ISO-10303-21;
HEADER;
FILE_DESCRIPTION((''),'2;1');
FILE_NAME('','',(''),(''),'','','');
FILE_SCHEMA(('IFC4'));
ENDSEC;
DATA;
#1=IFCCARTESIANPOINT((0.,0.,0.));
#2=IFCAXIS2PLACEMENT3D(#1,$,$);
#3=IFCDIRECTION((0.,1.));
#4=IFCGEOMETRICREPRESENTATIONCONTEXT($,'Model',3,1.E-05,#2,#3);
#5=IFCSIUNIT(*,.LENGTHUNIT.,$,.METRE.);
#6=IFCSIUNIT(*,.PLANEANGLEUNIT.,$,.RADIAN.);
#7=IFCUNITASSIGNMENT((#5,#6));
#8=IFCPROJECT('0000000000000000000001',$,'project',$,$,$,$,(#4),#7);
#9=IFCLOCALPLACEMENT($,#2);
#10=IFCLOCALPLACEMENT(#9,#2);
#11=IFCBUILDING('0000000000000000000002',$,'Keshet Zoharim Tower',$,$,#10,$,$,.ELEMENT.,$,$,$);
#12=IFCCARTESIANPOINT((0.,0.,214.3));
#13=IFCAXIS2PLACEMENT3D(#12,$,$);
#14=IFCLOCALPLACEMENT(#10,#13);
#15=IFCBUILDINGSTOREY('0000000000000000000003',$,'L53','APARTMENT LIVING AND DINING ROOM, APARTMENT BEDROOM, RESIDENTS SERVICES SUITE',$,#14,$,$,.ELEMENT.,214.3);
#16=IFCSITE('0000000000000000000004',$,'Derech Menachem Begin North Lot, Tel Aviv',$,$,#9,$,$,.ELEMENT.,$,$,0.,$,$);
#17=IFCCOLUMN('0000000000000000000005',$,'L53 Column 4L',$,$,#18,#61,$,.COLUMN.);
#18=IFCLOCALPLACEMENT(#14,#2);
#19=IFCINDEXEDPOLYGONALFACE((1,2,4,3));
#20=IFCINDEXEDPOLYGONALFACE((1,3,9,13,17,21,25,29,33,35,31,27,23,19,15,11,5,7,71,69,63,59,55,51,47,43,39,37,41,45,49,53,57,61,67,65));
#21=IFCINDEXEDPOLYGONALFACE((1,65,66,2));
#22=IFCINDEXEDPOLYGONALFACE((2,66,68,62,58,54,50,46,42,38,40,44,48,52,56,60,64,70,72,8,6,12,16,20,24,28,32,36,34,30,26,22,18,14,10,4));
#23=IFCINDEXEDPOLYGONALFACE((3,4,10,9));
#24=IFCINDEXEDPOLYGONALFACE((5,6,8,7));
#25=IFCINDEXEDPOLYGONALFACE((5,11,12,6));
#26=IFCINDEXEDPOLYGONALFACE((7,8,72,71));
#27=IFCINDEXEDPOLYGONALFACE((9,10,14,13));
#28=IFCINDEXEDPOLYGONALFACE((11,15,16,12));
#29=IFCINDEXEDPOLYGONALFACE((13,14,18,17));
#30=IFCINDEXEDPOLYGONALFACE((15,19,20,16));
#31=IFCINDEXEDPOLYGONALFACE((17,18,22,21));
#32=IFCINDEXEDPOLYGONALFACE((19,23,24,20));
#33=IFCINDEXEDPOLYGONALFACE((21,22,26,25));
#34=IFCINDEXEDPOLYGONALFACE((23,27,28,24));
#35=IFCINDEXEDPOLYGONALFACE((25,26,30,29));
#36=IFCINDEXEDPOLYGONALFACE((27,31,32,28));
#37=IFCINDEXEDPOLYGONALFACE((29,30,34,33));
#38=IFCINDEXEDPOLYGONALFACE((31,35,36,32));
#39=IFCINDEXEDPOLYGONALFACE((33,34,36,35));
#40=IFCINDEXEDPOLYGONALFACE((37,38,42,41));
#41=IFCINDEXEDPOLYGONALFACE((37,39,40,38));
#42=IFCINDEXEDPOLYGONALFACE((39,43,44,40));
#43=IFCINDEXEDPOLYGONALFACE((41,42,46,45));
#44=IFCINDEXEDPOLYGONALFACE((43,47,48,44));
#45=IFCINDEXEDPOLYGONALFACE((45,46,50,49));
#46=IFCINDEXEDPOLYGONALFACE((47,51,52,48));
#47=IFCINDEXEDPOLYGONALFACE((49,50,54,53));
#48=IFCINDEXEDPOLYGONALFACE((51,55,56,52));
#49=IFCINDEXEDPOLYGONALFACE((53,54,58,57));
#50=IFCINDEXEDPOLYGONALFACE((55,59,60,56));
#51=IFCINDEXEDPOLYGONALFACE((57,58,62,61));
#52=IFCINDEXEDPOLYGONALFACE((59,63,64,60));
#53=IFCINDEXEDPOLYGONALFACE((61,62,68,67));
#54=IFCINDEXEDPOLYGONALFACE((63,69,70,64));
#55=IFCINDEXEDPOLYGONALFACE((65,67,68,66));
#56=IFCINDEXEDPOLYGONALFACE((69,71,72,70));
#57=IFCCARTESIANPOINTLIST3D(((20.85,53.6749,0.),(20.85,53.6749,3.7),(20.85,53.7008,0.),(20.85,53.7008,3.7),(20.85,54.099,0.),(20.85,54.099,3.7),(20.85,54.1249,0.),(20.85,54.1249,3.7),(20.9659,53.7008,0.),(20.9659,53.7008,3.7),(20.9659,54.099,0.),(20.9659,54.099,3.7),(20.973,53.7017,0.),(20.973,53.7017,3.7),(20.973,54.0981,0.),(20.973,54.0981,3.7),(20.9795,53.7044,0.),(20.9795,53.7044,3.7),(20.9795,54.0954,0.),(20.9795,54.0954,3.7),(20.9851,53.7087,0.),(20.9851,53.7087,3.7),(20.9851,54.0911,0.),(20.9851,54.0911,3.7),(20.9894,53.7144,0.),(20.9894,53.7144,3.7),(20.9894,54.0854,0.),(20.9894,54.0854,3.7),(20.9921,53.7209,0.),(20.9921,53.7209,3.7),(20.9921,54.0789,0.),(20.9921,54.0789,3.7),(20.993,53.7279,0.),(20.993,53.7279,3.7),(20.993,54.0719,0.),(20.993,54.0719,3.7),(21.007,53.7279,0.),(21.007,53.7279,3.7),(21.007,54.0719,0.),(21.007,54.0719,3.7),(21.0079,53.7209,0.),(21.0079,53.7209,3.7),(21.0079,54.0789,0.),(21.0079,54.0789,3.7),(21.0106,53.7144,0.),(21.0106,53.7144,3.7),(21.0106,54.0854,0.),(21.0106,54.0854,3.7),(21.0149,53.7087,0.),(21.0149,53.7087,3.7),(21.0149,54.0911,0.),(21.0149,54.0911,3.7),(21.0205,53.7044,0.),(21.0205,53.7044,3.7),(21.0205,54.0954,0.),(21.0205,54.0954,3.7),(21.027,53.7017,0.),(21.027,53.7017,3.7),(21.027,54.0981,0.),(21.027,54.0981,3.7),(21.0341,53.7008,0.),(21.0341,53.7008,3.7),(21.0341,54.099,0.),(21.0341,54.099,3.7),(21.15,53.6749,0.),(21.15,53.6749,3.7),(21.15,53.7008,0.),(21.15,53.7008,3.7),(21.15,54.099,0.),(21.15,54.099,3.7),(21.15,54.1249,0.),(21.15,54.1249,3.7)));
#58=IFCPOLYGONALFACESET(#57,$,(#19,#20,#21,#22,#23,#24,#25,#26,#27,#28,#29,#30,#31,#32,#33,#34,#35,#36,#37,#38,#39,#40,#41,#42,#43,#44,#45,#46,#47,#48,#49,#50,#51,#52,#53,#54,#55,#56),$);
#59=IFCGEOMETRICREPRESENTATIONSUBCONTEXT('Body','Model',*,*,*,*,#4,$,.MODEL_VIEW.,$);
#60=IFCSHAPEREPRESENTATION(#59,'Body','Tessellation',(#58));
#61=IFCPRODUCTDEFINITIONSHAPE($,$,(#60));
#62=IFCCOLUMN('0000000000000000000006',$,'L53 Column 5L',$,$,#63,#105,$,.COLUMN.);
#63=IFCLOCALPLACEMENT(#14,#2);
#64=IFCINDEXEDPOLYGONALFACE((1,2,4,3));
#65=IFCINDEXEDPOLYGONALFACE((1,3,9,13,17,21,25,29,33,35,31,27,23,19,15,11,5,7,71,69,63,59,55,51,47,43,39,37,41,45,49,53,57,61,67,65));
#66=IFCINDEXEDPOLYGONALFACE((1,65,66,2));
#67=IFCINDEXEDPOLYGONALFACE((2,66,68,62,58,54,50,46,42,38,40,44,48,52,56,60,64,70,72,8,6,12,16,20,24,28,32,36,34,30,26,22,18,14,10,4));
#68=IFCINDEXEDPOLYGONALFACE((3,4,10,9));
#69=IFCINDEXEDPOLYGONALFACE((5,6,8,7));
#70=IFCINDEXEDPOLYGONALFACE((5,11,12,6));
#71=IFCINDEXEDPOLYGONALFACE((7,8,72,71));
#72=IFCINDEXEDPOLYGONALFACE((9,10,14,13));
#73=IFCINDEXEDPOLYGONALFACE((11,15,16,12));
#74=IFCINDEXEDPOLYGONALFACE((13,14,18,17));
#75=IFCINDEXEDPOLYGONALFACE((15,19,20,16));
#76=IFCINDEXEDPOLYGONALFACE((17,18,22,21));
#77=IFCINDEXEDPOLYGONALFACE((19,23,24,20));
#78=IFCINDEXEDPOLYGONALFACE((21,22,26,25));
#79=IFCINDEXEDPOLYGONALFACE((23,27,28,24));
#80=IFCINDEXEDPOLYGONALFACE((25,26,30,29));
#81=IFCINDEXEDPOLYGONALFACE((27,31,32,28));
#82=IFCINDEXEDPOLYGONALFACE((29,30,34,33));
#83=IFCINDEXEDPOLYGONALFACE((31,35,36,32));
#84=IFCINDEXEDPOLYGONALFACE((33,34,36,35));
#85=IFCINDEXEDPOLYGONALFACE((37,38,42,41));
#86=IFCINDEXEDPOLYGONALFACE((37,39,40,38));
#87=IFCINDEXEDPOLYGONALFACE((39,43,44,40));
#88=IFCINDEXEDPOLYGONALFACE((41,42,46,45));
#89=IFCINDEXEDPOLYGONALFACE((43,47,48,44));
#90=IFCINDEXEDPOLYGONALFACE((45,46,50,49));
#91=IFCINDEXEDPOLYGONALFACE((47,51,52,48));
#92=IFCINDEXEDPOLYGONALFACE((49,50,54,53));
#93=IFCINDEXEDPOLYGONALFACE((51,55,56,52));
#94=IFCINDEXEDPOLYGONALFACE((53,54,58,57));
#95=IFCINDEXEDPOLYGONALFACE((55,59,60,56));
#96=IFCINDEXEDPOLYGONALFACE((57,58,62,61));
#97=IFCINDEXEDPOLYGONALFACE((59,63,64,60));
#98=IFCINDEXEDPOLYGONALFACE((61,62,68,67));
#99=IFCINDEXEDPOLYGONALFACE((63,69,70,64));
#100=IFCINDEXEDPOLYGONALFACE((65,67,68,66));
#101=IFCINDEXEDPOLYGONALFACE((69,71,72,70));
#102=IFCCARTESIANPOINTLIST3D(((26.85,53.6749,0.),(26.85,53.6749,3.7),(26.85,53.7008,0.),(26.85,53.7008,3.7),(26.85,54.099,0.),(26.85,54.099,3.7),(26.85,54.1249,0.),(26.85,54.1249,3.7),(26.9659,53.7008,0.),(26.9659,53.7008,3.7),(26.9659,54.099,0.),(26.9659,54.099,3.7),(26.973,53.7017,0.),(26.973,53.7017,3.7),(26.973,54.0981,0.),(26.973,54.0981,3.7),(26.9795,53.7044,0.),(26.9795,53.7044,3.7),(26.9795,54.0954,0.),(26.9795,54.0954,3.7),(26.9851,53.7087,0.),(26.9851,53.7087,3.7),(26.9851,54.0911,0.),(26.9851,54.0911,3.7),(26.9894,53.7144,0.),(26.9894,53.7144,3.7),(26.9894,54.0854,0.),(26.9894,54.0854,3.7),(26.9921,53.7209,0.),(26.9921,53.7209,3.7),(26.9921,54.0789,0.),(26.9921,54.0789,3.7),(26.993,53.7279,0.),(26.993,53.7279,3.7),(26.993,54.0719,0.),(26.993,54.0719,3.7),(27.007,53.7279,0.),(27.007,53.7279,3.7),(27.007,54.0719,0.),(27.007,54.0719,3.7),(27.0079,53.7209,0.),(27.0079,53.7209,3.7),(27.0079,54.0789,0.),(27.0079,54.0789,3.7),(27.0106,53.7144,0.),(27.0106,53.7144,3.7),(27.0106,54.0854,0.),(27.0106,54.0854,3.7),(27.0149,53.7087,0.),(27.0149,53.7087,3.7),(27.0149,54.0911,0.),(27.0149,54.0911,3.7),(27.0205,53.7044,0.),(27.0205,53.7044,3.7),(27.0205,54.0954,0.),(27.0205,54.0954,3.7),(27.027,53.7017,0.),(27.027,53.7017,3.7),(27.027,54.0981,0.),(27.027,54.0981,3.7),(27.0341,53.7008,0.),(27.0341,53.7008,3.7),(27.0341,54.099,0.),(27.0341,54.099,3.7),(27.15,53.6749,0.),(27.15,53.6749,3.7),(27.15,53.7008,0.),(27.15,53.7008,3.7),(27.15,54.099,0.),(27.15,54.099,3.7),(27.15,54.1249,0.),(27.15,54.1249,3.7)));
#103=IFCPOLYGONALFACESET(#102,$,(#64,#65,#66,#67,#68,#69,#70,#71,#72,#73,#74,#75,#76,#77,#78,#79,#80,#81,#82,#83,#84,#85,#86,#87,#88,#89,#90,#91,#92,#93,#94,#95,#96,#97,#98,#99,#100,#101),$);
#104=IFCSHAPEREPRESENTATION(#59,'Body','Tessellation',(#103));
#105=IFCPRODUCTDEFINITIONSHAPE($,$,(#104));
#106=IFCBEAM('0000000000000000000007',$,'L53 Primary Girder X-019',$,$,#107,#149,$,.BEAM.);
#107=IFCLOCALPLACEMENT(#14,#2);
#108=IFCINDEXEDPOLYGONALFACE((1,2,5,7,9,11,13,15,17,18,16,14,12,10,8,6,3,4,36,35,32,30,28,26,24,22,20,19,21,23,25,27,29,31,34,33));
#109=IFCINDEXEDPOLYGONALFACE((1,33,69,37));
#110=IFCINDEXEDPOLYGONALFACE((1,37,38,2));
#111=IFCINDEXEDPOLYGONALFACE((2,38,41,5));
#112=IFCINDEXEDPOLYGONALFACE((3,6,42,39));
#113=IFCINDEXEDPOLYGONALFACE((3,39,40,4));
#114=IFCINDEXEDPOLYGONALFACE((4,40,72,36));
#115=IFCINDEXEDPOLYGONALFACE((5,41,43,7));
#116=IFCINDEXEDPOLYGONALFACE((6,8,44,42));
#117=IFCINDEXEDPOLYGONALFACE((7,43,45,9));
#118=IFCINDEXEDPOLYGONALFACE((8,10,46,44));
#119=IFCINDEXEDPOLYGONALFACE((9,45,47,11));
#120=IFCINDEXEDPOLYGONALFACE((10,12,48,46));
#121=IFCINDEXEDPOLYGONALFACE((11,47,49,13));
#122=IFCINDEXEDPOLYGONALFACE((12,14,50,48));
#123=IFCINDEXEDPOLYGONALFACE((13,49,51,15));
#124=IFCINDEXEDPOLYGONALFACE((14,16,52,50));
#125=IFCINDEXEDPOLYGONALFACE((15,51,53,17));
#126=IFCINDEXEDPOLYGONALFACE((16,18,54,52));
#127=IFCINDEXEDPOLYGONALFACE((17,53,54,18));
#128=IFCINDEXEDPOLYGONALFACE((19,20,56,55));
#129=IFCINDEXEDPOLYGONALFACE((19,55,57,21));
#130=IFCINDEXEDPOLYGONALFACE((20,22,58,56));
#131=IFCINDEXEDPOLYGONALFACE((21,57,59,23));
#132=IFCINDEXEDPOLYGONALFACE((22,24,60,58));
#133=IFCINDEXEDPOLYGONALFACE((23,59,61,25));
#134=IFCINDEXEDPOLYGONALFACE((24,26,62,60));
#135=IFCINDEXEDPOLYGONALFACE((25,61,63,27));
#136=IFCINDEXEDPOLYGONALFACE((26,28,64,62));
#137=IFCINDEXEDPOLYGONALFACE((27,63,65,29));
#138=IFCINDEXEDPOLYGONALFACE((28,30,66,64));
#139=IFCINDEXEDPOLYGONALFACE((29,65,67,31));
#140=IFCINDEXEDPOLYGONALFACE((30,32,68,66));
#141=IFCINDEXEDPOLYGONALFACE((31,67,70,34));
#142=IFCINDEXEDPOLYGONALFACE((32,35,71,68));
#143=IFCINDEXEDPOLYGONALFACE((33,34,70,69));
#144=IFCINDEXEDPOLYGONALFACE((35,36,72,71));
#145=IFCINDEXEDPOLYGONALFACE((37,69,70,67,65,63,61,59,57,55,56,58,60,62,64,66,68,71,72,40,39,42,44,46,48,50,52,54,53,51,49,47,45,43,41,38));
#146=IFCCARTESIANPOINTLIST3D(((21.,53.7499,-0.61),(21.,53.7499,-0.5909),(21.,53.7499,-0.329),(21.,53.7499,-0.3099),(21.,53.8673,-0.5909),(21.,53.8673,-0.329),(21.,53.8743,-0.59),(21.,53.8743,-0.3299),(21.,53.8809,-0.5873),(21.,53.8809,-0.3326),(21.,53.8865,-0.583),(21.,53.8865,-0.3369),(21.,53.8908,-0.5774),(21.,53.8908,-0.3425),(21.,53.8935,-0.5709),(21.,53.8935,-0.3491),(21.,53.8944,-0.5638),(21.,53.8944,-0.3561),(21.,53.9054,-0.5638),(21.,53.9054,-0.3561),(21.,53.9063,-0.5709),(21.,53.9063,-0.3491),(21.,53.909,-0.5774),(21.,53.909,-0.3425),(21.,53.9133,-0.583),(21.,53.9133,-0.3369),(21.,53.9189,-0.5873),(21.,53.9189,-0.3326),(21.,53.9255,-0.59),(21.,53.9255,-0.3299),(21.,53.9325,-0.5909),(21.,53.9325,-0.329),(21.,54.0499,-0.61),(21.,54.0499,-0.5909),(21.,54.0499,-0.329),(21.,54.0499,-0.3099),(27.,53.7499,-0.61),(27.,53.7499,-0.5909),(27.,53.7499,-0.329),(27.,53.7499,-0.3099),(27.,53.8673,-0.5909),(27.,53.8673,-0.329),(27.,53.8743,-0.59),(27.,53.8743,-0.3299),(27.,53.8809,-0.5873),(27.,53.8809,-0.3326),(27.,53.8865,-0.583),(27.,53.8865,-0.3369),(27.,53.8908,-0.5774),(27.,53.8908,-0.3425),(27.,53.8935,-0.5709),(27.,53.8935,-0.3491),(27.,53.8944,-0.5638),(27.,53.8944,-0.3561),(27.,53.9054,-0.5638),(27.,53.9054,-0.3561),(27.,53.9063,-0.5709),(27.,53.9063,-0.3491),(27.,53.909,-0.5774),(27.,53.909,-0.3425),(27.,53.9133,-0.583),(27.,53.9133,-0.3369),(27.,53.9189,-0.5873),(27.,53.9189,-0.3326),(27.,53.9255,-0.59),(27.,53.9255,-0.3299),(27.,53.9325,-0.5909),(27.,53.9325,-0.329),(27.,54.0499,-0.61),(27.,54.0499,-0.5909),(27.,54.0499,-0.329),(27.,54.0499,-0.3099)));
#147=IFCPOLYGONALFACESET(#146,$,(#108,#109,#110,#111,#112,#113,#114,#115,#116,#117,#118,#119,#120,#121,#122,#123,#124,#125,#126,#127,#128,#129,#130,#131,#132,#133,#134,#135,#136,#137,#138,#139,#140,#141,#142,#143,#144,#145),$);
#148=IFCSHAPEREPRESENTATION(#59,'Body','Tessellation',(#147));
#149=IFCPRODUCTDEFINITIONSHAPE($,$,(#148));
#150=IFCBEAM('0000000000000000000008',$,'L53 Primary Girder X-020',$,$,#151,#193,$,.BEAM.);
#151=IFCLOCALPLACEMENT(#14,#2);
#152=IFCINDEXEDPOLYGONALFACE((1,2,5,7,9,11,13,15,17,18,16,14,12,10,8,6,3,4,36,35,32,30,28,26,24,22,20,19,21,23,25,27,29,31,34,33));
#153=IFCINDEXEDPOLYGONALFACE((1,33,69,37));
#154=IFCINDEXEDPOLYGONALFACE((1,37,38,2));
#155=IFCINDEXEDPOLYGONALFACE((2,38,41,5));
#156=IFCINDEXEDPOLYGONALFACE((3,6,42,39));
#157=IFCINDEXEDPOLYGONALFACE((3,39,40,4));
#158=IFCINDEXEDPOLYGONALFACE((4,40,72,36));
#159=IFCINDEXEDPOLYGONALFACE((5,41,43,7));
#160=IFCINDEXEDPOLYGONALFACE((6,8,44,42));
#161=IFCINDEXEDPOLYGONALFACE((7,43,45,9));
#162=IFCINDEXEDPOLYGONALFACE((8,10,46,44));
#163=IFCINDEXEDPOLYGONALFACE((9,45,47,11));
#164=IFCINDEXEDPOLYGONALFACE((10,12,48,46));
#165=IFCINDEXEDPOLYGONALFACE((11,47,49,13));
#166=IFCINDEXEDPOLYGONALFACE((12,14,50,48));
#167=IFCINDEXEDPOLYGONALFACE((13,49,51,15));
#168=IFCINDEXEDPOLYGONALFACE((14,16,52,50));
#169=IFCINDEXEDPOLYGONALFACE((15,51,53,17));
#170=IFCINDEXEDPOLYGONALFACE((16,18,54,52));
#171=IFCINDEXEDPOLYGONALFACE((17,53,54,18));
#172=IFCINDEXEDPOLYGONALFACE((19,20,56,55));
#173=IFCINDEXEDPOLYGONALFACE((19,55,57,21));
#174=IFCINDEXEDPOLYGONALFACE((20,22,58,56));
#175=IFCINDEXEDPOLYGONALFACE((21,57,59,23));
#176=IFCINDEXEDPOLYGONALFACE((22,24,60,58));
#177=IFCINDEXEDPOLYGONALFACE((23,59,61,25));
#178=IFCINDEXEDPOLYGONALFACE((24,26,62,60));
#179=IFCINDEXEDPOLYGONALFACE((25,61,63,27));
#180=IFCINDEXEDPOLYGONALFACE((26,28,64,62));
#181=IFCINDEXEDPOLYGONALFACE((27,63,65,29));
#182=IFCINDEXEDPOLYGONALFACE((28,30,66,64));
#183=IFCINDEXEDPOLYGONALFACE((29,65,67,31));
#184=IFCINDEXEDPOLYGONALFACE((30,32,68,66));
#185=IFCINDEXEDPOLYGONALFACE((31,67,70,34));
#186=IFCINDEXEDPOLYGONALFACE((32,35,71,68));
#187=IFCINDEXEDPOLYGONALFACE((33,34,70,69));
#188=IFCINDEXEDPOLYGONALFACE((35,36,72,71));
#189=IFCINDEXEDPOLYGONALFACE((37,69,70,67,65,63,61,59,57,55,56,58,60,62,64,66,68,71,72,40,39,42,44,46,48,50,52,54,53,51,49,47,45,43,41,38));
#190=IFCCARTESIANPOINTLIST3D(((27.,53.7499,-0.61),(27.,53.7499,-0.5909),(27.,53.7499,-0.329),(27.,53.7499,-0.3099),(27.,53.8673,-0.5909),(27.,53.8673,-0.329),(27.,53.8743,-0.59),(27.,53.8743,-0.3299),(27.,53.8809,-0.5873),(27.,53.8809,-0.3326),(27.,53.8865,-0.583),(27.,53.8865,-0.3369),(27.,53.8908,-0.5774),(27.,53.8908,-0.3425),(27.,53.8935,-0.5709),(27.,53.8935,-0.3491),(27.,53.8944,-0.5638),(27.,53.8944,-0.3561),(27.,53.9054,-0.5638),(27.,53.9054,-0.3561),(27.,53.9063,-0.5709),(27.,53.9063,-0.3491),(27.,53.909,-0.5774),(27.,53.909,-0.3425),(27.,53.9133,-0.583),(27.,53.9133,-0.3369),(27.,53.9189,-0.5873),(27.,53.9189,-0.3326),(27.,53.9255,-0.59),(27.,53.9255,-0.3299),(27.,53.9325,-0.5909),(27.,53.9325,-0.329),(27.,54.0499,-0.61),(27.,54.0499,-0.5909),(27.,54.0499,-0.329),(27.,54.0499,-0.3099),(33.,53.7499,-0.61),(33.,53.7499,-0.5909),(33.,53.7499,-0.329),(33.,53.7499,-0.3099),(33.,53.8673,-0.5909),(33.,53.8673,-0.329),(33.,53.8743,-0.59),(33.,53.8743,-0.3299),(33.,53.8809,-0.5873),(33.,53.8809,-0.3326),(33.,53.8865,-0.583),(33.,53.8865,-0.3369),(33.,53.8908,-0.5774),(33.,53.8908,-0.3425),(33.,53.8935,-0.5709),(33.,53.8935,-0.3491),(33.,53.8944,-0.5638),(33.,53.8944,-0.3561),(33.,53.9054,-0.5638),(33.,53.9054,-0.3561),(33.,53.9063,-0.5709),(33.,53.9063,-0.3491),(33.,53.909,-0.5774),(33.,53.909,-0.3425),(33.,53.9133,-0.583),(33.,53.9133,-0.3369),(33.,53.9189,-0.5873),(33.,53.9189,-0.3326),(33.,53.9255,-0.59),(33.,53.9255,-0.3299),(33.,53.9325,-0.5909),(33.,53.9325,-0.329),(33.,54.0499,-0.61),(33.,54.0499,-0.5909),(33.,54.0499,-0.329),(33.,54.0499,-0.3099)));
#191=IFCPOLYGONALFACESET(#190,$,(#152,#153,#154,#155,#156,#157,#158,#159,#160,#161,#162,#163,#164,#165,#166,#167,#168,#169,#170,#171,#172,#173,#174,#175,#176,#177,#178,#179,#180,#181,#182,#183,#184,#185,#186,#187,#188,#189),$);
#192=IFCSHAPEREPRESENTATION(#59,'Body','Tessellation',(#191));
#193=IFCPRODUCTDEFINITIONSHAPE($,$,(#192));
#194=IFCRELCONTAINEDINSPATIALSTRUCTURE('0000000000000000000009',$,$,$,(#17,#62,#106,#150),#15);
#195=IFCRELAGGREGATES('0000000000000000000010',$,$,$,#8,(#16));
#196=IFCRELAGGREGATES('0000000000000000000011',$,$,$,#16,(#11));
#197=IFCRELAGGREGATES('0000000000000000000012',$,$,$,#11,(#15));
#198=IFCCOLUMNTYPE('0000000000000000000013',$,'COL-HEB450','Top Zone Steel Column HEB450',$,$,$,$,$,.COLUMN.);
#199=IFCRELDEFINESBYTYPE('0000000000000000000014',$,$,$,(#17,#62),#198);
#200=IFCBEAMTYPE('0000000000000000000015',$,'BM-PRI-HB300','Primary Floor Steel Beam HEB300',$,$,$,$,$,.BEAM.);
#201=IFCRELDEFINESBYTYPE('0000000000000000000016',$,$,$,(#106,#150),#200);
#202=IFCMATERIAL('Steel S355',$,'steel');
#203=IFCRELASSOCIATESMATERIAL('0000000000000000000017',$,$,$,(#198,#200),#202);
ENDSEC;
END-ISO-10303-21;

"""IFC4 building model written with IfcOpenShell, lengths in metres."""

from ifc_helpers import new_model, si_unit, direction, frame, origin, origin_2d, place, context, subcontext, project, spatial, i_section, extrude, material, material_profile, profile_set, type_object, element, save


model = new_model("IFC4")

# Units and contexts
model_context = context("Model", 3, precision=1e-05, world=origin(), true_north=direction((0.0, 1.0)))
body_context = subcontext(model_context, "Body", "Model", "MODEL_VIEW")
ifc_project = project(units=[si_unit("LENGTHUNIT", "METRE"), si_unit("PLANEANGLEUNIT", "RADIAN")], contexts=[model_context])

# Site, building, storey
site_placement = place(None, origin())
site = spatial("IfcSite", under=ifc_project, at=site_placement, Name="Derech Menachem Begin North Lot, Tel Aviv", CompositionType="ELEMENT", RefElevation=0.0)
building_placement = place(site_placement, origin())
building = spatial("IfcBuilding", under=site, at=building_placement, Name="Keshet Zoharim Tower", CompositionType="ELEMENT")
storey_placement = place(building_placement, frame((0.0, 0.0, 214.3)))
storey = spatial("IfcBuildingStorey", under=building, at=storey_placement, Name="L53", Description="APARTMENT LIVING AND DINING ROOM, APARTMENT BEDROOM, RESIDENTS SERVICES SUITE", CompositionType="ELEMENT", Elevation=214.3)

# Columns
ifc_material_1 = material(Name="Steel S355", Category="steel")
ifc_material_profile_1 = material_profile(ifc_material_1, i_section(OverallWidth=0.3, OverallDepth=0.45, WebThickness=0.0139, FlangeThickness=0.0259, FilletRadius=0.0271, at=origin_2d()), Name="HEB450")
ifc_profile_set_1 = profile_set([ifc_material_profile_1], Name="Steel S355")
column_type = type_object("IfcColumnType", Name="COL-HEB450", Description="Top Zone Steel Column HEB450", PredefinedType="COLUMN", material=ifc_profile_set_1)
for number, where, z_axis, x_axis, name in (
    (1, (21.0, 53.8999, 0.0), (0.0, 0.0, 1.0), (1.0, 0.0, 0.0), "L53 Column 4L"),
    (2, (27.0, 53.8999, 0.0), (0.0, 0.0, 1.0), (1.0, 0.0, 0.0), "L53 Column 5L"),
):
    element("IfcColumn", number, at=place(storey_placement, frame(where, z_axis=z_axis, x_axis=x_axis)), inside=storey, type_object=column_type, Name=name, PredefinedType="COLUMN", context=body_context, shape_type="SweptSolid", body=[
        extrude(i_section(OverallWidth=0.3, OverallDepth=0.45, WebThickness=0.0139, FlangeThickness=0.0259, FilletRadius=0.0271, at=origin_2d()), origin(), (0.0, 0.0, 1.0), 3.7),
    ])

# Beams
ifc_material_profile_2 = material_profile(ifc_material_1, i_section(OverallWidth=0.3, OverallDepth=0.3, WebThickness=0.011, FlangeThickness=0.019, FilletRadius=0.0271, at=origin_2d()), Name="HEB300")
ifc_profile_set_2 = profile_set([ifc_material_profile_2], Name="Steel S355")
beam_type = type_object("IfcBeamType", Name="BM-PRI-HB300", Description="Primary Floor Steel Beam HEB300", PredefinedType="BEAM", material=ifc_profile_set_2)
for number, where, z_axis, x_axis, name in (
    (3, (21.0, 53.8999, -0.46), (1.0, 0.0, 0.0), (0.0, 1.0, 0.0), "L53 Primary Girder X-019"),
    (4, (27.0, 53.8999, -0.46), (1.0, 0.0, 0.0), (0.0, 1.0, 0.0), "L53 Primary Girder X-020"),
):
    element("IfcBeam", number, at=place(storey_placement, frame(where, z_axis=z_axis, x_axis=x_axis)), inside=storey, type_object=beam_type, Name=name, PredefinedType="BEAM", context=body_context, shape_type="SweptSolid", body=[
        extrude(i_section(OverallWidth=0.3, OverallDepth=0.3, WebThickness=0.011, FlangeThickness=0.019, FilletRadius=0.0271, at=origin_2d()), origin(), (0.0, 0.0, 1.0), 6.0),
    ])

save(model, "model.ifc")
